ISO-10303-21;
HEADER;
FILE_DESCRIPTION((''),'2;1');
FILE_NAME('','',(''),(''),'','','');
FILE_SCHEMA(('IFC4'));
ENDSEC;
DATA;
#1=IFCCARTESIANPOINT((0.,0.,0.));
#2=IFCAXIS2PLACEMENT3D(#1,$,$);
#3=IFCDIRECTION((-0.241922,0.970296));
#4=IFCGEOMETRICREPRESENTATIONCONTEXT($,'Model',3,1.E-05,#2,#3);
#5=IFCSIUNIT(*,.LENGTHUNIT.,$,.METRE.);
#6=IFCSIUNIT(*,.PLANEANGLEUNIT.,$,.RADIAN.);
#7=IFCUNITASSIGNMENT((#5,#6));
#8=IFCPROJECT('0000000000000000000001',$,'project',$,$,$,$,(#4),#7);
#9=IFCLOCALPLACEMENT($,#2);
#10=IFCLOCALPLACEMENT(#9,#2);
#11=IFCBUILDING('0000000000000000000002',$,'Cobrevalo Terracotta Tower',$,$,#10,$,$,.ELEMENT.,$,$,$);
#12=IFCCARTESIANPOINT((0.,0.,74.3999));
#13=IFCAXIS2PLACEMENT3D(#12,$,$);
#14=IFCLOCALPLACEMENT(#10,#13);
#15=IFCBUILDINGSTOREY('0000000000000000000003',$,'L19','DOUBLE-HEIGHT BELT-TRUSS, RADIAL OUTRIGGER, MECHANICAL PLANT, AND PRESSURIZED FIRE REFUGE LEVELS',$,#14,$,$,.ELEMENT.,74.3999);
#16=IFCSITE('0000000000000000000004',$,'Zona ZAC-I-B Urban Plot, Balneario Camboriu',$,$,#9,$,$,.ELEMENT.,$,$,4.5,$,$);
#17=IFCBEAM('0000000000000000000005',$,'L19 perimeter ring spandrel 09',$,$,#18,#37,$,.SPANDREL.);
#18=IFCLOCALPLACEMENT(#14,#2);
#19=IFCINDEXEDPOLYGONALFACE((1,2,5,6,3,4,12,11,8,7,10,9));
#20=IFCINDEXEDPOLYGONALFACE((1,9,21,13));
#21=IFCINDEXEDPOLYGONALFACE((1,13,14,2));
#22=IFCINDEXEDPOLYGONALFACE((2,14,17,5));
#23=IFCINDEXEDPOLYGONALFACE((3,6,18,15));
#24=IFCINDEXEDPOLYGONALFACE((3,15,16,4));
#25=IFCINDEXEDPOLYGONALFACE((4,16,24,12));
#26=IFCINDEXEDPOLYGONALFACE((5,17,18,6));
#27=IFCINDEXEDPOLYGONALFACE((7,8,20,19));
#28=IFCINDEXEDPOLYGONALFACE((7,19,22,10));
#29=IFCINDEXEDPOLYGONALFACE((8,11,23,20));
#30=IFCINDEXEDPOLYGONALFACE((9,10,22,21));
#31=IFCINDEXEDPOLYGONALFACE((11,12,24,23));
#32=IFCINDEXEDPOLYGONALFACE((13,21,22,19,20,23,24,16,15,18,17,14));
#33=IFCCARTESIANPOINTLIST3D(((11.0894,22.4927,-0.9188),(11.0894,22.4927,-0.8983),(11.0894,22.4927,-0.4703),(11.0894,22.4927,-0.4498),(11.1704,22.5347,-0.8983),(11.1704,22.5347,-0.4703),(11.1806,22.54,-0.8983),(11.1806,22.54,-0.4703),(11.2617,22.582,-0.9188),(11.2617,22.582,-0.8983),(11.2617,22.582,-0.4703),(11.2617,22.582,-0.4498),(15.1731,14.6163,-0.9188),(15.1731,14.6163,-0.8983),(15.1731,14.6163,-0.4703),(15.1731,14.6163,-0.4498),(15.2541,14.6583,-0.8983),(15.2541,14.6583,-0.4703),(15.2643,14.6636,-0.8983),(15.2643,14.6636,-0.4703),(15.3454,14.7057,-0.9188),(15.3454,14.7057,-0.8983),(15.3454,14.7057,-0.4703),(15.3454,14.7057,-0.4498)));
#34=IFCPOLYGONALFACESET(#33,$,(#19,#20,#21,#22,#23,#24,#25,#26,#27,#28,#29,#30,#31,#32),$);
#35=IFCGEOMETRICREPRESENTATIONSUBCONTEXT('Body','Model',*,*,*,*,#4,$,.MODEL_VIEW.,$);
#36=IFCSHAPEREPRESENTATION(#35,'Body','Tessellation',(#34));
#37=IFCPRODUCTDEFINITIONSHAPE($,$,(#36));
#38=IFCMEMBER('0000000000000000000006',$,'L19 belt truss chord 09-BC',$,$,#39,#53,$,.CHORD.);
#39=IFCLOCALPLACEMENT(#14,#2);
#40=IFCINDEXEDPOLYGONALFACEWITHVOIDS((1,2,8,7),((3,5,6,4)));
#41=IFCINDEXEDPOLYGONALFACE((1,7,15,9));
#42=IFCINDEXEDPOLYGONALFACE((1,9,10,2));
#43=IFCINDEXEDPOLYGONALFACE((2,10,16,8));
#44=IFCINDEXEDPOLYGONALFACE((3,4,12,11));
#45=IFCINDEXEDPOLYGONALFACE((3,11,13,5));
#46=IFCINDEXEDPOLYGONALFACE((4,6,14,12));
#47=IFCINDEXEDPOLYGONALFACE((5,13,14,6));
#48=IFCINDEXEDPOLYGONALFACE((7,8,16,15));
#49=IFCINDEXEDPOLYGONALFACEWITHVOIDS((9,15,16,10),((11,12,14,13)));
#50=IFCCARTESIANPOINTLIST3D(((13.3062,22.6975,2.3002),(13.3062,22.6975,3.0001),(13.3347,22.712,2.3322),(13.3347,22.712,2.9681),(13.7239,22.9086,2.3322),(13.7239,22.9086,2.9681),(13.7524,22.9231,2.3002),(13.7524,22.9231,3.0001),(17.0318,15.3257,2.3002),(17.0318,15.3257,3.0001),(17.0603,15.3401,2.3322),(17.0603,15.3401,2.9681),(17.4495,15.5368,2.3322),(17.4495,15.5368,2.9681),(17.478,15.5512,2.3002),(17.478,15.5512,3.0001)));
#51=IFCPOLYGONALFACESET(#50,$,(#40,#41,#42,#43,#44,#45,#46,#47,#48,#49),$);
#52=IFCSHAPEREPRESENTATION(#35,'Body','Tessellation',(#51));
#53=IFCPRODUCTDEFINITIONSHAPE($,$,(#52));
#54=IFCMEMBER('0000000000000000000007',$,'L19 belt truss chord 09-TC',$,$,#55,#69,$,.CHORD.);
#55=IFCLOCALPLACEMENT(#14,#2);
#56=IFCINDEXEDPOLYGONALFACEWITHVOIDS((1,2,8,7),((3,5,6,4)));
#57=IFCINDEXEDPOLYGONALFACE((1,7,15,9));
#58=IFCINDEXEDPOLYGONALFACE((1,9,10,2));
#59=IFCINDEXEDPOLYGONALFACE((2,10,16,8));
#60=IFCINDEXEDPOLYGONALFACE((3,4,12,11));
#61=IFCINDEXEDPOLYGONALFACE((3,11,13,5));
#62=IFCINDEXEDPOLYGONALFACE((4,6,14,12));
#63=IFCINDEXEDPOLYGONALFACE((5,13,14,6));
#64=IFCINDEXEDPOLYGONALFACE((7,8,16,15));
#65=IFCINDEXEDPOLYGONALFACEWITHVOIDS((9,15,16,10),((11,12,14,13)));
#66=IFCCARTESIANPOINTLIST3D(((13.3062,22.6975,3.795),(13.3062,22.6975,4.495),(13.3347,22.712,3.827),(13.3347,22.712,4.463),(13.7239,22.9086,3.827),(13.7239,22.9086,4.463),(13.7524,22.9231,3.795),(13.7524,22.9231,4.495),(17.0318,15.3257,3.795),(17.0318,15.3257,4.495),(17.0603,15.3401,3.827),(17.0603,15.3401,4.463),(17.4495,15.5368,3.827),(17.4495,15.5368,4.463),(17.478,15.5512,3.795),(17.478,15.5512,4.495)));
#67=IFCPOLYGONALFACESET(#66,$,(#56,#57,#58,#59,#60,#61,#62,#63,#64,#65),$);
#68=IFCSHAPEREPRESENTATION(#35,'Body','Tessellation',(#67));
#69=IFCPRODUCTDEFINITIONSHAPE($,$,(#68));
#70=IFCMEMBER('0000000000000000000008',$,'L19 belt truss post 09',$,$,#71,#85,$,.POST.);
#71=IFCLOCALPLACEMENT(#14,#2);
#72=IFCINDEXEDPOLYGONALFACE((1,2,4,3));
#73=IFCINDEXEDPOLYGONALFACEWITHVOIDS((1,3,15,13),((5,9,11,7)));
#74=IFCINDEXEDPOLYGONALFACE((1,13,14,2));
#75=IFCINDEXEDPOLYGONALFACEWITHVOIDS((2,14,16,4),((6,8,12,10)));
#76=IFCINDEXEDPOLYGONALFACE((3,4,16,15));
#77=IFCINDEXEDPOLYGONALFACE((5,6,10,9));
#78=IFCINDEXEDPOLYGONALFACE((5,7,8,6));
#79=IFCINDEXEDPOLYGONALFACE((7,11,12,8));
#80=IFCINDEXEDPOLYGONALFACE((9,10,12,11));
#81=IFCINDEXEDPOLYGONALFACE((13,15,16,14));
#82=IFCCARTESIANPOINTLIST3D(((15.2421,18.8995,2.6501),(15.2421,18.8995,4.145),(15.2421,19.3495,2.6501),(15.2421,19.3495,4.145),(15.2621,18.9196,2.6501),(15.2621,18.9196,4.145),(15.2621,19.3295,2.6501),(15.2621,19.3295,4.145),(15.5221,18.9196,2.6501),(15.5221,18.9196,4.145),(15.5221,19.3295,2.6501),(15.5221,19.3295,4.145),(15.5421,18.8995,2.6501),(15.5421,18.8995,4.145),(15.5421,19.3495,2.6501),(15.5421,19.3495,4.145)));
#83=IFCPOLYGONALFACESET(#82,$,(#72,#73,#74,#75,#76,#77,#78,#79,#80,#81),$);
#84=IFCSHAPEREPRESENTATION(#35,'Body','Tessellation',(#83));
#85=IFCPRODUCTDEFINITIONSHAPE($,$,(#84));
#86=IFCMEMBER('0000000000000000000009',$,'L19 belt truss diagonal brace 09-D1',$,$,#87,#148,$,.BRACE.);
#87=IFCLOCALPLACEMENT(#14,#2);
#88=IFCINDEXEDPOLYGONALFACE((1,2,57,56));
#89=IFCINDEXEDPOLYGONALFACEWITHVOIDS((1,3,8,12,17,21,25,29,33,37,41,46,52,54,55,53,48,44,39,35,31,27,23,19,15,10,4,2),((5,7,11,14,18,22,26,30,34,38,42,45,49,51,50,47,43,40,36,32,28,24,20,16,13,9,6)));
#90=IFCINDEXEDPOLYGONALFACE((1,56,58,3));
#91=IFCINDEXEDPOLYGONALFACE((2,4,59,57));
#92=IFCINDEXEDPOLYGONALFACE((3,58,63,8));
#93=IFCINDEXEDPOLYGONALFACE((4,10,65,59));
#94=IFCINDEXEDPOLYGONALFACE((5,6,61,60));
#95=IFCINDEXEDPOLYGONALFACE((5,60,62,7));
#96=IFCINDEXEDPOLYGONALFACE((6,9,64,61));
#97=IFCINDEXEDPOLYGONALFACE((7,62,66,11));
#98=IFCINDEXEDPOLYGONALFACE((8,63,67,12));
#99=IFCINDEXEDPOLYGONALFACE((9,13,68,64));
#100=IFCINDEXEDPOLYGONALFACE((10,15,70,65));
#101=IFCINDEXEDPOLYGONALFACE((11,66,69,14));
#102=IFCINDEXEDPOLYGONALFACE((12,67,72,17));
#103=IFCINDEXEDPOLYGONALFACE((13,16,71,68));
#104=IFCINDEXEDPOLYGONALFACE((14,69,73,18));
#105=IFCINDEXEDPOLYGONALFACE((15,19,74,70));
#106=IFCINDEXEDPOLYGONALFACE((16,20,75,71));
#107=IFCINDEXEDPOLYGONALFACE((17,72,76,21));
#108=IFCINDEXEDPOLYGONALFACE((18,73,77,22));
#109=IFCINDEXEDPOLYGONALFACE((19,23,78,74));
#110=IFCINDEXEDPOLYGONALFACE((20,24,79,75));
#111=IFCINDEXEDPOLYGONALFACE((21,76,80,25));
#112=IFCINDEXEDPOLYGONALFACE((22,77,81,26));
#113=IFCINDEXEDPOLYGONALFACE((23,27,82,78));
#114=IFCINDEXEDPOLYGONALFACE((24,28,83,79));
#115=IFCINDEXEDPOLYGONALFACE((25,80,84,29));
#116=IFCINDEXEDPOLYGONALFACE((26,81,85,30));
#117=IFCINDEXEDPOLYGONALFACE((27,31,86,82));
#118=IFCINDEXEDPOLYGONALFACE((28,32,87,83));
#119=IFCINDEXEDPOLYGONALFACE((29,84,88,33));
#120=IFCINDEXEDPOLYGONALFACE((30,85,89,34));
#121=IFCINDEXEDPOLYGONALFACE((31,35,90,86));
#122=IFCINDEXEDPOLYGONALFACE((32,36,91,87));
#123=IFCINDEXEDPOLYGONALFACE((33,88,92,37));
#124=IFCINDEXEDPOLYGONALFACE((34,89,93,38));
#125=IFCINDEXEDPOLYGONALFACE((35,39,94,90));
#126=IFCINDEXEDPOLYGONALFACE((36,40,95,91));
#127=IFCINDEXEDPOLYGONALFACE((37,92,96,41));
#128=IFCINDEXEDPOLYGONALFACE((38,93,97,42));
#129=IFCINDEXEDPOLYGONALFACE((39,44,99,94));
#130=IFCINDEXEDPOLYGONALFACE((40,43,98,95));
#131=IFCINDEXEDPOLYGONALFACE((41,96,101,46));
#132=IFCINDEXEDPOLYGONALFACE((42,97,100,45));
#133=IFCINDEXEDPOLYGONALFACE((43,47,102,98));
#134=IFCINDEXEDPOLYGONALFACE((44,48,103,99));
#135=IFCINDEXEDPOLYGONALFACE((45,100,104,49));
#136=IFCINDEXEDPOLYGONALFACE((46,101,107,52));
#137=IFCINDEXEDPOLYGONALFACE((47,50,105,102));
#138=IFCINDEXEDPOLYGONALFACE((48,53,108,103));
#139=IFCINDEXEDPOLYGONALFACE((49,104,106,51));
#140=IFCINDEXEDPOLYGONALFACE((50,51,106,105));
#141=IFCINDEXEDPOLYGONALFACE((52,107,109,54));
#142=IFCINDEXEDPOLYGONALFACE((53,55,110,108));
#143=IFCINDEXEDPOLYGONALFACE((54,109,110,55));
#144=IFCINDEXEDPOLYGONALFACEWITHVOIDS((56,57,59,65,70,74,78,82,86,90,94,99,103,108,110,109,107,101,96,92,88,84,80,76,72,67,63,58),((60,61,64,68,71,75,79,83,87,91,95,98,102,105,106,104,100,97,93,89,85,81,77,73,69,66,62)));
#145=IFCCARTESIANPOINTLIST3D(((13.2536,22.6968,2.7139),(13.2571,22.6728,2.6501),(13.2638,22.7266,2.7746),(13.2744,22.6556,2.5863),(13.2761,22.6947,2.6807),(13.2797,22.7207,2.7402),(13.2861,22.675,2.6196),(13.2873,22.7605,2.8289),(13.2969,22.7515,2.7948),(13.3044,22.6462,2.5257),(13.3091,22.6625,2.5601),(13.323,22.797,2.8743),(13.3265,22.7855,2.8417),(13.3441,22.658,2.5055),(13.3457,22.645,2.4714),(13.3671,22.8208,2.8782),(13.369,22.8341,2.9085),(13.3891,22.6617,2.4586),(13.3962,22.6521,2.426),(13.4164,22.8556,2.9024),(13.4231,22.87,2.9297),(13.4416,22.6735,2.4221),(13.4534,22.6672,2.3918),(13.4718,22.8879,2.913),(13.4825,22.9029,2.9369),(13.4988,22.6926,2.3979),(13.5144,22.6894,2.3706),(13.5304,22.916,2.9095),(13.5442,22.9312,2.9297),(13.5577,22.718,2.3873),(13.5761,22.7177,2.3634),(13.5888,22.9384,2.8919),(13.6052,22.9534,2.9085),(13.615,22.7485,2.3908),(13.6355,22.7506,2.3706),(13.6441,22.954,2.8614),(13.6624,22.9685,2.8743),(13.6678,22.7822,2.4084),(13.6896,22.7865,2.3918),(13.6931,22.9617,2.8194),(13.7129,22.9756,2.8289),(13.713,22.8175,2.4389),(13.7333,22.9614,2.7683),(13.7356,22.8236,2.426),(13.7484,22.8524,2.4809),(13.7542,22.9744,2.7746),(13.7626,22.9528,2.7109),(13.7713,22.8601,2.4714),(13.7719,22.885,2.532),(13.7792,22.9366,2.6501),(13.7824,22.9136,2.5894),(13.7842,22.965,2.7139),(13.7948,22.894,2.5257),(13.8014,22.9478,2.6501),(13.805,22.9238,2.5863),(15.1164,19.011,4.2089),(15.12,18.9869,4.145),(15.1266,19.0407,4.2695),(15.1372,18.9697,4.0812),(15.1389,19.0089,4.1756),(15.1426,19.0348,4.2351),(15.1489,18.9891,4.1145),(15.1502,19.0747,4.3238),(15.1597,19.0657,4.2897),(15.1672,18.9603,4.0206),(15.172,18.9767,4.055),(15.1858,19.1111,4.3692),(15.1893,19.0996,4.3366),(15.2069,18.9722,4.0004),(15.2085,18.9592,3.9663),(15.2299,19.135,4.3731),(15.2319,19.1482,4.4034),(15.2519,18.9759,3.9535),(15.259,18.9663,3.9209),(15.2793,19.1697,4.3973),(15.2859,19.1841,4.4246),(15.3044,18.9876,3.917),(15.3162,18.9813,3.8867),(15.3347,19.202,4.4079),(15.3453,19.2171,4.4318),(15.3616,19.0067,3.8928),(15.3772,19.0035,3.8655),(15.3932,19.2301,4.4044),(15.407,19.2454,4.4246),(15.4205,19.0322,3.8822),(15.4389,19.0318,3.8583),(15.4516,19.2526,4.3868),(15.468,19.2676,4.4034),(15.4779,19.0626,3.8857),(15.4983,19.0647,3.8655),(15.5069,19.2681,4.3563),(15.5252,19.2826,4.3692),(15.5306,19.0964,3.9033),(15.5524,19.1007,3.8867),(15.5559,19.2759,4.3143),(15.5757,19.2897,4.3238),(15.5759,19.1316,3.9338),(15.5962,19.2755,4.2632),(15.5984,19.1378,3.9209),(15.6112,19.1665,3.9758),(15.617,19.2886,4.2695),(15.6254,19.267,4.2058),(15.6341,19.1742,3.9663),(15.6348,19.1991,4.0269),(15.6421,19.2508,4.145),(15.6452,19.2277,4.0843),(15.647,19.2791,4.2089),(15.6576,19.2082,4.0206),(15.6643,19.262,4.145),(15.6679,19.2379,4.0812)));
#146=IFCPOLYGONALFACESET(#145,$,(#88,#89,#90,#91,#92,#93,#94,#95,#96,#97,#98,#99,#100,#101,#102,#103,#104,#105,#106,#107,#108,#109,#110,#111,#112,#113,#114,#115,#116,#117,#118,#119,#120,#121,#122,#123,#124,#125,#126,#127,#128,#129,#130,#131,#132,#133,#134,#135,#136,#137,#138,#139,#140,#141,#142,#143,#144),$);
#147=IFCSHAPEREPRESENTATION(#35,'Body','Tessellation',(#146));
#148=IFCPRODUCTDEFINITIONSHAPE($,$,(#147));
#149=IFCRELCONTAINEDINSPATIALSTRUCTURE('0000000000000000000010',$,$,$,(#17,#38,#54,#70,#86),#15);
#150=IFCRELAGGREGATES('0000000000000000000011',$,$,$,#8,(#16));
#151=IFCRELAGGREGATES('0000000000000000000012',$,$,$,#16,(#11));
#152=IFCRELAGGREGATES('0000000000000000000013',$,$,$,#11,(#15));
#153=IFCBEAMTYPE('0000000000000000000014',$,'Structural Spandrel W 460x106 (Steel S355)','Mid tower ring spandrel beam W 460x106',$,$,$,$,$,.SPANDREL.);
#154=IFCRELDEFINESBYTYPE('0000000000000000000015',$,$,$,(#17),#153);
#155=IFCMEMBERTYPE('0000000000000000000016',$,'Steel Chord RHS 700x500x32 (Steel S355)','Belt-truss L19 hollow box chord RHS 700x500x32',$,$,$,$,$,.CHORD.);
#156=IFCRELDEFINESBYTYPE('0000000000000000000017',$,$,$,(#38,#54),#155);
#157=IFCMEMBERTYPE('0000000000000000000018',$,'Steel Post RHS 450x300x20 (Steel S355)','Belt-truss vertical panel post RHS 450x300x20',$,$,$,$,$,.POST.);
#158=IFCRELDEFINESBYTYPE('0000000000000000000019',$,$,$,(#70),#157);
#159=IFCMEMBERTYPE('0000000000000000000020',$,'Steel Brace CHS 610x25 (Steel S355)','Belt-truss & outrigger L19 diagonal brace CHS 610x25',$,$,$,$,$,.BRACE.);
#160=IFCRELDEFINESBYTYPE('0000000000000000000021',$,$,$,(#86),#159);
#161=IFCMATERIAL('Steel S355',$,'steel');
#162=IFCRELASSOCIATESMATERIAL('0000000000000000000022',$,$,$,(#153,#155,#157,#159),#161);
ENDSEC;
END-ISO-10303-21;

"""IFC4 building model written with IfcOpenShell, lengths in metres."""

from ifc_helpers import new_model, si_unit, direction, frame, origin, origin_2d, place, context, subcontext, project, spatial, hollow_rectangle, hollow_circle, i_section, extrude, source, transform, mapped, material, material_profile, profile_set, type_object, element, save


model = new_model("IFC4")

# Units and contexts
model_context = context("Model", 3, precision=1e-05, world=origin(), true_north=direction((-0.241922, 0.970296)))
body_context = subcontext(model_context, "Body", "Model", "MODEL_VIEW")
ifc_project = project(units=[si_unit("LENGTHUNIT", "METRE"), si_unit("PLANEANGLEUNIT", "RADIAN")], contexts=[model_context])

# Site, building, storey
site_placement = place(None, origin())
site = spatial("IfcSite", under=ifc_project, at=site_placement, Name="Zona ZAC-I-B Urban Plot, Balneario Camboriu", CompositionType="ELEMENT", RefElevation=4.5)
building_placement = place(site_placement, origin())
building = spatial("IfcBuilding", under=site, at=building_placement, Name="Cobrevalo Terracotta Tower", CompositionType="ELEMENT")
storey_placement = place(building_placement, frame((0.0, 0.0, 74.3999)))
storey = spatial("IfcBuildingStorey", under=building, at=storey_placement, Name="L19", Description="DOUBLE-HEIGHT BELT-TRUSS, RADIAL OUTRIGGER, MECHANICAL PLANT, AND PRESSURIZED FIRE REFUGE LEVELS", CompositionType="ELEMENT", Elevation=74.3999)

# Shared definitions
ifc_material_1 = material(Name="Steel S355", Category="steel")

# Beam
ifc_material_profile_1 = material_profile(ifc_material_1, i_section(OverallWidth=0.1941, OverallDepth=0.469, WebThickness=0.0115, FlangeThickness=0.0205, at=origin_2d()), Name="W 460x106")
ifc_profile_set_1 = profile_set([ifc_material_profile_1], Name="Steel S355")
beam_type_1 = type_object("IfcBeamType", Name="Structural Spandrel W 460x106 (Steel S355)", Description="Mid tower ring spandrel beam W 460x106", PredefinedType="SPANDREL", material=ifc_profile_set_1)
beam_1_placement = place(storey_placement, frame((11.1755, 22.5374, -0.6843), z_axis=(0.460286, -0.887771, 0.0), x_axis=(0.887771, 0.460286, 0.0)))
element("IfcBeam", 1, at=beam_1_placement, inside=storey, type_object=beam_type_1, Name="L19 perimeter ring spandrel 09", PredefinedType="SPANDREL", context=body_context, shape_type="SweptSolid", body=[
    extrude(i_section(OverallWidth=0.1941, OverallDepth=0.469, WebThickness=0.0115, FlangeThickness=0.0205, at=origin_2d()), origin(), (0.0, 0.0, 1.0), 8.8721),
])

# Members
ifc_material_profile_2 = material_profile(ifc_material_1, hollow_rectangle(XDim=0.5, YDim=0.7, WallThickness=0.032, at=origin_2d()), Name="RHS 700x500x32")
ifc_profile_set_2 = profile_set([ifc_material_profile_2], Name="Steel S355")
member_type_1 = type_object("IfcMemberType", Name="Steel Chord RHS 700x500x32 (Steel S355)", Description="Belt-truss L19 hollow box chord RHS 700x500x32", PredefinedType="CHORD", material=ifc_profile_set_2)
shared_shape_1 = source(origin(), body_context, "Body", "SweptSolid", [
    extrude(hollow_rectangle(XDim=0.5, YDim=0.7, WallThickness=0.032, at=origin_2d()), origin(), (0.0, 0.0, 1.0), 8.2598),
])
for number, where, z_axis, x_axis, name in (
    (2, (13.5293, 22.8103, 2.6501), (0.451052, -0.892498, 0.0), (0.892498, 0.451052, 0.0), "L19 belt truss chord 09-BC"),
    (3, (13.5293, 22.8103, 4.145), (0.451052, -0.892498, 0.0), (0.892498, 0.451052, 0.0), "L19 belt truss chord 09-TC"),
):
    element("IfcMember", number, at=place(storey_placement, frame(where, z_axis=z_axis, x_axis=x_axis)), inside=storey, type_object=member_type_1, Name=name, PredefinedType="CHORD", context=body_context, shape_type="MappedRepresentation", body=[
        mapped(shared_shape_1, transform((0.0, 0.0, 0.0), scale=1.0)),
    ])
ifc_material_profile_3 = material_profile(ifc_material_1, hollow_rectangle(XDim=0.3, YDim=0.45, WallThickness=0.02, at=origin_2d()), Name="RHS 450x300x20")
ifc_profile_set_3 = profile_set([ifc_material_profile_3], Name="Steel S355")
member_type_2 = type_object("IfcMemberType", Name="Steel Post RHS 450x300x20 (Steel S355)", Description="Belt-truss vertical panel post RHS 450x300x20", PredefinedType="POST", material=ifc_profile_set_3)
shared_shape_2 = source(origin(), body_context, "Body", "SweptSolid", [
    extrude(hollow_rectangle(XDim=0.3, YDim=0.45, WallThickness=0.02, at=origin_2d()), origin(), (0.0, 0.0, 1.0), 1.4949),
])
member_1_placement = place(storey_placement, frame((15.3921, 19.1245, 2.6501), z_axis=(0.0, 0.0, 1.0), x_axis=(1.0, 0.0, 0.0)))
element("IfcMember", 4, at=member_1_placement, inside=storey, type_object=member_type_2, Name="L19 belt truss post 09", PredefinedType="POST", context=body_context, shape_type="MappedRepresentation", body=[
    mapped(shared_shape_2, transform((0.0, 0.0, 0.0), scale=1.0)),
])
ifc_material_profile_4 = material_profile(ifc_material_1, hollow_circle(Radius=0.3049, WallThickness=0.0249, at=origin_2d()), Name="CHS 610x25")
ifc_profile_set_4 = profile_set([ifc_material_profile_4], Name="Steel S355")
member_type_3 = type_object("IfcMemberType", Name="Steel Brace CHS 610x25 (Steel S355)", Description="Belt-truss & outrigger L19 diagonal brace CHS 610x25", PredefinedType="BRACE", material=ifc_profile_set_4)
shared_shape_3 = source(origin(), body_context, "Body", "SweptSolid", [
    extrude(hollow_circle(Radius=0.3049, WallThickness=0.0249, at=origin_2d()), origin(), (0.0, 0.0, 1.0), 4.3921),
])
member_2_placement = place(storey_placement, frame((13.5293, 22.8103, 2.6501), z_axis=(0.424133, -0.839205, 0.340362), x_axis=(0.892492, 0.451064, 0.0)))
element("IfcMember", 5, at=member_2_placement, inside=storey, type_object=member_type_3, Name="L19 belt truss diagonal brace 09-D1", PredefinedType="BRACE", context=body_context, shape_type="MappedRepresentation", body=[
    mapped(shared_shape_3, transform((0.0, 0.0, 0.0), scale=1.0)),
])

save(model, "model.ifc")
